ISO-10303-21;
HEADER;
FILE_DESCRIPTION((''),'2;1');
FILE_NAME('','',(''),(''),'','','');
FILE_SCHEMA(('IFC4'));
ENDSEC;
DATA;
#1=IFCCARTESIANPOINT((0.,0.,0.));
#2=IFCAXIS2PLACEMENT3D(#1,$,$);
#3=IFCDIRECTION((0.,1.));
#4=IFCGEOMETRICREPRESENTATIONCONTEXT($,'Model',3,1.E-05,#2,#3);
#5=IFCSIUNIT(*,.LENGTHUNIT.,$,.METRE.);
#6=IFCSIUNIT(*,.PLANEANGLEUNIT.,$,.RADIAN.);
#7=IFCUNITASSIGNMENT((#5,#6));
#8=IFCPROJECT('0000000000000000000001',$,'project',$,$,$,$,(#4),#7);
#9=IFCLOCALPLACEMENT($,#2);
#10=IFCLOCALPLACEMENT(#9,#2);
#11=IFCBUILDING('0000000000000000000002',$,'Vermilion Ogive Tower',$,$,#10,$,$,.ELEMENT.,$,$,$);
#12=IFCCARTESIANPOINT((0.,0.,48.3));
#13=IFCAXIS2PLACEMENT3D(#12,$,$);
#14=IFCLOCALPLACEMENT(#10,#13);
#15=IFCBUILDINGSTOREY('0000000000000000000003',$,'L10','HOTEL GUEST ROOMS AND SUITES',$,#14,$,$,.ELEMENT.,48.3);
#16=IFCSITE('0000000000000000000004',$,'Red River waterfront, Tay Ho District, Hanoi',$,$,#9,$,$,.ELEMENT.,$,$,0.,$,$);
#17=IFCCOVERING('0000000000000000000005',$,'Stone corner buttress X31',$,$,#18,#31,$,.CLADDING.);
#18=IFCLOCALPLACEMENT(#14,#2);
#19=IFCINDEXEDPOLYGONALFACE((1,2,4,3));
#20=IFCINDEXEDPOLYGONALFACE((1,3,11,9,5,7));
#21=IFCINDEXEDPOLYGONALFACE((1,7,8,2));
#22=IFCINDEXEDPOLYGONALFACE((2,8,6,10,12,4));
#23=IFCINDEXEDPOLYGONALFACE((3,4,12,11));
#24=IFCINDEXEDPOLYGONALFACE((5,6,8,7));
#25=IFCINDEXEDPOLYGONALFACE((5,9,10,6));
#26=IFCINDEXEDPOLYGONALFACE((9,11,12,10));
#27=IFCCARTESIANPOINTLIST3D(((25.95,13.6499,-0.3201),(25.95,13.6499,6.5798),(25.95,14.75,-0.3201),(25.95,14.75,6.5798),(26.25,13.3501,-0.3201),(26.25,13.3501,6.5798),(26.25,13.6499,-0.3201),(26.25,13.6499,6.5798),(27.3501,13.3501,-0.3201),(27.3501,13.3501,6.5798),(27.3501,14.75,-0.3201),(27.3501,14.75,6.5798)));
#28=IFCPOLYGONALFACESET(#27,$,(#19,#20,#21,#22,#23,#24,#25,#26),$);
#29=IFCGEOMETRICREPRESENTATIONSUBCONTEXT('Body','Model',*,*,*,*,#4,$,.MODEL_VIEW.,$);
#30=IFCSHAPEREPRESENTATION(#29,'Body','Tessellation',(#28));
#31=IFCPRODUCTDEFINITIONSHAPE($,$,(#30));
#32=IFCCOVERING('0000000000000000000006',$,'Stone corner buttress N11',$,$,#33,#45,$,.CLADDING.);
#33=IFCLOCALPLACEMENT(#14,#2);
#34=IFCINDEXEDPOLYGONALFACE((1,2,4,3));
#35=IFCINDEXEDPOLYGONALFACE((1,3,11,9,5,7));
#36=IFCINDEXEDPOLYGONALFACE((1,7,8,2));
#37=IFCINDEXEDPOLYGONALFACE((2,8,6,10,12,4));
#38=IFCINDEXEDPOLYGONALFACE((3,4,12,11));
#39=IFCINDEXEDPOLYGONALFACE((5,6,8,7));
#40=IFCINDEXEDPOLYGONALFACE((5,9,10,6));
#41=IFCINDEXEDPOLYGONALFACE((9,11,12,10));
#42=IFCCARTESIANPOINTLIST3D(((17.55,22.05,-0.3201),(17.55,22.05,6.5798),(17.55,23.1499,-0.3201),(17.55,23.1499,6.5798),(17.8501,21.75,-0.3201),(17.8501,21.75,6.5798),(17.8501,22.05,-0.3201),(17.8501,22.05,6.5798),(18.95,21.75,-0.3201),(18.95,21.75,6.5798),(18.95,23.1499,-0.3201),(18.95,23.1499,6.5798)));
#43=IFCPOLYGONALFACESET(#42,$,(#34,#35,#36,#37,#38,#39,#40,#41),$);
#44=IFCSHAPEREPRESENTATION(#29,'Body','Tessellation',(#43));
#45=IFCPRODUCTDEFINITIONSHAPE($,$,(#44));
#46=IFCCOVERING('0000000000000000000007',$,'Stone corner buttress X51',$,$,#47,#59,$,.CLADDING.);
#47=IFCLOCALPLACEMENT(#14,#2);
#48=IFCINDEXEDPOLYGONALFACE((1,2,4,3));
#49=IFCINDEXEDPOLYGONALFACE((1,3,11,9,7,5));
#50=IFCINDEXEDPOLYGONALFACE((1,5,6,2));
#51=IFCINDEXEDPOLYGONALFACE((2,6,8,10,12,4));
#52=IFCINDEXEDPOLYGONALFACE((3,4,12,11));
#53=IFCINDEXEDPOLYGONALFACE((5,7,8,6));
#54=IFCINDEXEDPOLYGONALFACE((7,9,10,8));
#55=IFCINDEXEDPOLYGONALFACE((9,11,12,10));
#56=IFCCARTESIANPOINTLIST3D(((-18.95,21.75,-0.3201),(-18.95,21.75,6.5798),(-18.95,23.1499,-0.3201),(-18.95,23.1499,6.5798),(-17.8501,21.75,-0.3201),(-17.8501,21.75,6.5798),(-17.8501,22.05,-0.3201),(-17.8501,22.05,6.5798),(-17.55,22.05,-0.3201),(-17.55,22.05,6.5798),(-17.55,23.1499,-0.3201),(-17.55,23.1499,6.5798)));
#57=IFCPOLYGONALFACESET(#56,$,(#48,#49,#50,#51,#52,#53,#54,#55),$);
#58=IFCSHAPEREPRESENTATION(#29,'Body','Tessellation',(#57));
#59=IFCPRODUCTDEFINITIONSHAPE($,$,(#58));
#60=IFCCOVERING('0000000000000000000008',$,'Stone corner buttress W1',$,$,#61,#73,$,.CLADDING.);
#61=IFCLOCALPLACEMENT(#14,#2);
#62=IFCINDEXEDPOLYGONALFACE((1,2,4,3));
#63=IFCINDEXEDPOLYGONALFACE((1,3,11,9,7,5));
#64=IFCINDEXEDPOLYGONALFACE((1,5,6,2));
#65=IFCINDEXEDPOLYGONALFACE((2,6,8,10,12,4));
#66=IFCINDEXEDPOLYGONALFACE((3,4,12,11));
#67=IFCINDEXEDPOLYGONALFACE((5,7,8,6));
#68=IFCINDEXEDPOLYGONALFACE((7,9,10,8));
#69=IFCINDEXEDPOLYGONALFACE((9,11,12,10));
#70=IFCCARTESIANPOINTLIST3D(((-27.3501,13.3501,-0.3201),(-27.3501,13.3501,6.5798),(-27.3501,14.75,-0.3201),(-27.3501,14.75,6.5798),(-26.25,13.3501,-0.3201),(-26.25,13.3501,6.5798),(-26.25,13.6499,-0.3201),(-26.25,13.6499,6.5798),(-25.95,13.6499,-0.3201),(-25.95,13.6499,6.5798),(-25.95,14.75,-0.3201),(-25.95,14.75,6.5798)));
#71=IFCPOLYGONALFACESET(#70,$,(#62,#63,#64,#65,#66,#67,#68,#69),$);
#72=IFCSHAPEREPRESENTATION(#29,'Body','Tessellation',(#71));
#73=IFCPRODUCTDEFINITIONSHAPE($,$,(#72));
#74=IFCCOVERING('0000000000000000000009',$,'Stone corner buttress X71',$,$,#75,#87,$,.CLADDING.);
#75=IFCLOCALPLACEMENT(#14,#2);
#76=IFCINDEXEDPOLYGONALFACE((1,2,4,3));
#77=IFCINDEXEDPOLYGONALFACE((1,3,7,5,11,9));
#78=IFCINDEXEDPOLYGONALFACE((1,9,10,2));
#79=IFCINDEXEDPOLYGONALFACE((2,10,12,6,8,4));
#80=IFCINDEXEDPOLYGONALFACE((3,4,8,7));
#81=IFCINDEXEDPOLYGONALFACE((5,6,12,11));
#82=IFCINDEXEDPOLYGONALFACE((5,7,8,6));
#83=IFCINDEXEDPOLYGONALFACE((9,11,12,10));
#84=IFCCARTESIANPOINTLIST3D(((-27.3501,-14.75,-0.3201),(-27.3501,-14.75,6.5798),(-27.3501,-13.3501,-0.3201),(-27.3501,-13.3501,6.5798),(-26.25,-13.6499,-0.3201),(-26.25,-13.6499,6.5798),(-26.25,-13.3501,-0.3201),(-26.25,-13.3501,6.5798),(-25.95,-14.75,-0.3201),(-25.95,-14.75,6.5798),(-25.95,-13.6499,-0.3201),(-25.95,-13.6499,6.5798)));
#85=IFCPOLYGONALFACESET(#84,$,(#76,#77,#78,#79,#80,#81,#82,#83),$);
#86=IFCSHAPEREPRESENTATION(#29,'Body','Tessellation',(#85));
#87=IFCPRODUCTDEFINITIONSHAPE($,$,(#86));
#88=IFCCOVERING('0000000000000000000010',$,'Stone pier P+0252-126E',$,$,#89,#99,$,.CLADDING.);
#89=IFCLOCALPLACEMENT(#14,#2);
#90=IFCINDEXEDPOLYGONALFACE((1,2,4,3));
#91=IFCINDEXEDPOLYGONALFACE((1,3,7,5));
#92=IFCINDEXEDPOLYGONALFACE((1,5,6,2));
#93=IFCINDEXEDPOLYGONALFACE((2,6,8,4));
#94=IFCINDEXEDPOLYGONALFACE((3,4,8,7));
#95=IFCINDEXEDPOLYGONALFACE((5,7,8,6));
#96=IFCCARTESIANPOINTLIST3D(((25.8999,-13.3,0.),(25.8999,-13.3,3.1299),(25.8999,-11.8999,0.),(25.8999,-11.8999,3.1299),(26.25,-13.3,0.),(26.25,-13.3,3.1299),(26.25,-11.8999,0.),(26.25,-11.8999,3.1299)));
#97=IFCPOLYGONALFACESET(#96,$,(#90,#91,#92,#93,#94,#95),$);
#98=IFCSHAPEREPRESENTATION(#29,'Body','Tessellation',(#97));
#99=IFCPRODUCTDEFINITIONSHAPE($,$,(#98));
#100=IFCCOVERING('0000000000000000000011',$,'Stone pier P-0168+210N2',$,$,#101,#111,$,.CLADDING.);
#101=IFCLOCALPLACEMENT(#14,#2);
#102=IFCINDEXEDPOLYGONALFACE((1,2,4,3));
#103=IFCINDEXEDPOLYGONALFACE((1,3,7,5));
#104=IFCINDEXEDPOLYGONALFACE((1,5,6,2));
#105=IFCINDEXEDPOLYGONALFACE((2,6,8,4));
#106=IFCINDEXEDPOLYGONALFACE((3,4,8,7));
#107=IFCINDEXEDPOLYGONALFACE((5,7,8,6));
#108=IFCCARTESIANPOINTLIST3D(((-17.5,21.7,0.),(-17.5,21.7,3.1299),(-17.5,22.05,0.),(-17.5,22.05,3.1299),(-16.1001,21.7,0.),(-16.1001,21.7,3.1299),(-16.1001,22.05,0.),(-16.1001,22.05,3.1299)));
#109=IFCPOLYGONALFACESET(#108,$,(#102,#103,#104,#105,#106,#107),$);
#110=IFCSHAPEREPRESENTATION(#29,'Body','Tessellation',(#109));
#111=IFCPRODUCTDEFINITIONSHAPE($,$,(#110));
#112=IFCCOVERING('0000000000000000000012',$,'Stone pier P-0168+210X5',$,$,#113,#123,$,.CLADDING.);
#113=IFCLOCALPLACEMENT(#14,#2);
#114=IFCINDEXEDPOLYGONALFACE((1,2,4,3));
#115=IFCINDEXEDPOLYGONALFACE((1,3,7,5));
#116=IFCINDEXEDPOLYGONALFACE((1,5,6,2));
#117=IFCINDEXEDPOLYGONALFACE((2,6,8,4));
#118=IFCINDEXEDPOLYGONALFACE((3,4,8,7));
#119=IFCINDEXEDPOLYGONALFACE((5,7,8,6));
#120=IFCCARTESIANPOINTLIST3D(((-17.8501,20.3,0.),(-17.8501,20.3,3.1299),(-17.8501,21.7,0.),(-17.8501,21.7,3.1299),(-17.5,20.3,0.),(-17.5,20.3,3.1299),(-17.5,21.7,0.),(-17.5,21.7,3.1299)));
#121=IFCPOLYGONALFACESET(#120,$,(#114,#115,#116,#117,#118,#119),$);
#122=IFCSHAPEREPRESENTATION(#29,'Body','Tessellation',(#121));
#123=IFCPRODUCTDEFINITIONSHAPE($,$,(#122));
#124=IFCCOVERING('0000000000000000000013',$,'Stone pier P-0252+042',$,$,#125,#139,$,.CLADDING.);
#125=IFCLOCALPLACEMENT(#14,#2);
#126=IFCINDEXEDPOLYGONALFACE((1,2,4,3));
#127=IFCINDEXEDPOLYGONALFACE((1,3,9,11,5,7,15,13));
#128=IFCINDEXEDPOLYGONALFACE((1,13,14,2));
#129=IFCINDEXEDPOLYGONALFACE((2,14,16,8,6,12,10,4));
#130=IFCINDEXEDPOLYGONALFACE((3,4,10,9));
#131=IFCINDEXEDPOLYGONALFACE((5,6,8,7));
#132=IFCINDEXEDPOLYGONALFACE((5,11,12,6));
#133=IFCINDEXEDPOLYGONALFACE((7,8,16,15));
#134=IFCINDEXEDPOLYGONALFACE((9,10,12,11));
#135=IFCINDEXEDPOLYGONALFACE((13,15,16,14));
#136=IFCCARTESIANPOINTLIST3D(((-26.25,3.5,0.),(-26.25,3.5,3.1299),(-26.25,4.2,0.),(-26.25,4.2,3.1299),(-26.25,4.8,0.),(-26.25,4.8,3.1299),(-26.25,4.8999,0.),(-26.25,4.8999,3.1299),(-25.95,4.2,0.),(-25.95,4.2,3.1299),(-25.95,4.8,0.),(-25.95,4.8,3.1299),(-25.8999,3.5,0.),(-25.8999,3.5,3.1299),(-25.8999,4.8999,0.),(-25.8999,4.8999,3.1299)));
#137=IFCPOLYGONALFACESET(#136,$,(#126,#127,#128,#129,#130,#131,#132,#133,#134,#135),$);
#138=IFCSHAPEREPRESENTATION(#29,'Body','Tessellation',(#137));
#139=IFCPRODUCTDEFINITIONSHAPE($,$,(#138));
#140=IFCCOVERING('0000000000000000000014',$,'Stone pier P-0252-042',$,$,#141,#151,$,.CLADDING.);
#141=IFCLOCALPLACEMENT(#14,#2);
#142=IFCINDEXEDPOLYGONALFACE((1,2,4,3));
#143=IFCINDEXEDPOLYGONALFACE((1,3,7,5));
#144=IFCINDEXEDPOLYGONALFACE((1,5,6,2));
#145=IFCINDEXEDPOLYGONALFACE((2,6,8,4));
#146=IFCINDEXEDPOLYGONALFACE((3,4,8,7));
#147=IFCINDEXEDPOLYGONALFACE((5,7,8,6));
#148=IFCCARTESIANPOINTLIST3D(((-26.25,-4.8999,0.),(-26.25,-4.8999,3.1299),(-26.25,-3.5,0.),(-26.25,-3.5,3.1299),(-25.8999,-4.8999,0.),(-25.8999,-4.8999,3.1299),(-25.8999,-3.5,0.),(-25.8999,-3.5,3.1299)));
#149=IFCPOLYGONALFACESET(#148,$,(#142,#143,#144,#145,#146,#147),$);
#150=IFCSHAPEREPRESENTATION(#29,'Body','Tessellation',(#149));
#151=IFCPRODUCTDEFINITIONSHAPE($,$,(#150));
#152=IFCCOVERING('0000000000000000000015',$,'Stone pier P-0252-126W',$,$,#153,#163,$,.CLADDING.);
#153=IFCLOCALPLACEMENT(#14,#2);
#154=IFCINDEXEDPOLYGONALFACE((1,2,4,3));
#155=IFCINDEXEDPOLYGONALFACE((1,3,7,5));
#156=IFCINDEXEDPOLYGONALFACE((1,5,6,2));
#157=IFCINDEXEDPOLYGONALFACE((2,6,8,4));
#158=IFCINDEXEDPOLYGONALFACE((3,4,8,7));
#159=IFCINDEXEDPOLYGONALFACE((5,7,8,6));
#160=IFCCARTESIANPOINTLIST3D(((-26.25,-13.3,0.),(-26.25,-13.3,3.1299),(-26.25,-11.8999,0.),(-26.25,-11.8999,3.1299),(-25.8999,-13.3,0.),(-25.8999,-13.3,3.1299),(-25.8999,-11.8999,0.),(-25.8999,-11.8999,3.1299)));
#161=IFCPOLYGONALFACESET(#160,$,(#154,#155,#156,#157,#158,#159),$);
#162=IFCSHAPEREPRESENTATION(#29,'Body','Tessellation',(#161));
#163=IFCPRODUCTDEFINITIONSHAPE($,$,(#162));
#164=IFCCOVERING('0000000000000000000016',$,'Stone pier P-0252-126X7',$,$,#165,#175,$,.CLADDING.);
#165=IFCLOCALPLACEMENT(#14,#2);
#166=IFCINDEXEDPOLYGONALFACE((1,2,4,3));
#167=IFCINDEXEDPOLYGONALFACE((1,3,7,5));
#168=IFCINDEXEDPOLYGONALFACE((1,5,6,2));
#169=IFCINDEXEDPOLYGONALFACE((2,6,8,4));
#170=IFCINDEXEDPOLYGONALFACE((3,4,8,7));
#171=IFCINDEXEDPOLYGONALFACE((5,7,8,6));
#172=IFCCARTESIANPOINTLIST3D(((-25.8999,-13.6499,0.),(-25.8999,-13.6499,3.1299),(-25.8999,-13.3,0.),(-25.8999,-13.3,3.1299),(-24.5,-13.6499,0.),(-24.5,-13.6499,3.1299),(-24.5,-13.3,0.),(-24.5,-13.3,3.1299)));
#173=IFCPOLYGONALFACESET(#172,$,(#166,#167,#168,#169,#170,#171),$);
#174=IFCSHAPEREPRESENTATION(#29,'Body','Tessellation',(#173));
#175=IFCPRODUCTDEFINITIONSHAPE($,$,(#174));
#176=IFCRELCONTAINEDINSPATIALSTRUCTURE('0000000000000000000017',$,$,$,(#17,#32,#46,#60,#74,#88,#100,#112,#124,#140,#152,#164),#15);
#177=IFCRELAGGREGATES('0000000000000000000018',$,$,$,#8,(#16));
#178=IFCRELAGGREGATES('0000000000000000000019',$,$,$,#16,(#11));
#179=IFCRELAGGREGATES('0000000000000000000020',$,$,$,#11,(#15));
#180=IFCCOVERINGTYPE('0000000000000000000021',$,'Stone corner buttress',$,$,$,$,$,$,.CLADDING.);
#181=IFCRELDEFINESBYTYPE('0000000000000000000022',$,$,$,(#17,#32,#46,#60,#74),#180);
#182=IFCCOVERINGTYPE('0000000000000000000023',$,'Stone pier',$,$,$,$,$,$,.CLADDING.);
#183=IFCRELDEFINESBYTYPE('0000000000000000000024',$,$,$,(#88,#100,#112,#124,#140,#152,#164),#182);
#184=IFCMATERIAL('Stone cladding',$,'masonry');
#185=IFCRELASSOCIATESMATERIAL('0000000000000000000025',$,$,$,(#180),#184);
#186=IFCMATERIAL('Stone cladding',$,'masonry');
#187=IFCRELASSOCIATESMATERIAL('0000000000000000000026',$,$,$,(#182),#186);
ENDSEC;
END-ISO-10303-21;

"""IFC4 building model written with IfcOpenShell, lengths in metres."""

from ifc_helpers import new_model, si_unit, direction, frame, origin, place, context, subcontext, project, spatial, polyline, outline, extrude, material, type_object, element, save


model = new_model("IFC4")

# Units and contexts
model_context = context("Model", 3, precision=1e-05, world=origin(), true_north=direction((0.0, 1.0)))
body_context = subcontext(model_context, "Body", "Model", "MODEL_VIEW")
ifc_project = project(units=[si_unit("LENGTHUNIT", "METRE"), si_unit("PLANEANGLEUNIT", "RADIAN")], contexts=[model_context])

# Site, building, storey
site_placement = place(None, origin())
site = spatial("IfcSite", under=ifc_project, at=site_placement, Name="Red River waterfront, Tay Ho District, Hanoi", CompositionType="ELEMENT", RefElevation=0.0)
building_placement = place(site_placement, origin())
building = spatial("IfcBuilding", under=site, at=building_placement, Name="Vermilion Ogive Tower", CompositionType="ELEMENT")
storey_placement = place(building_placement, frame((0.0, 0.0, 48.3)))
storey = spatial("IfcBuildingStorey", under=building, at=storey_placement, Name="L10", Description="HOTEL GUEST ROOMS AND SUITES", CompositionType="ELEMENT", Elevation=48.3)

# Coverings
ifc_material_1 = material(Name="Stone cladding", Category="masonry")
covering_type_1 = type_object("IfcCoveringType", Name="Stone corner buttress", PredefinedType="CLADDING", material=ifc_material_1)
covering_1_placement = place(storey_placement, frame((0.0, 0.0, -0.3201)))
element("IfcCovering", 1, at=covering_1_placement, inside=storey, type_object=covering_type_1, Name="Stone corner buttress X31", PredefinedType="CLADDING", context=body_context, shape_type="SweptSolid", body=[
    extrude(outline(polyline([(26.25, 13.3501), (26.25, 13.6499), (25.95, 13.6499), (25.95, 14.75), (27.3501, 14.75), (27.3501, 13.3501), (26.25, 13.3501)])), origin(), (0.0, 0.0, 1.0), 6.8999),
])
covering_2_placement = place(storey_placement, frame((0.0, 0.0, -0.3201)))
element("IfcCovering", 2, at=covering_2_placement, inside=storey, type_object=covering_type_1, Name="Stone corner buttress N11", PredefinedType="CLADDING", context=body_context, shape_type="SweptSolid", body=[
    extrude(outline(polyline([(17.8501, 22.05), (17.55, 22.05), (17.55, 23.1499), (18.95, 23.1499), (18.95, 21.75), (17.8501, 21.75), (17.8501, 22.05)])), origin(), (0.0, 0.0, 1.0), 6.8999),
])
covering_3_placement = place(storey_placement, frame((0.0, 0.0, -0.3201)))
element("IfcCovering", 3, at=covering_3_placement, inside=storey, type_object=covering_type_1, Name="Stone corner buttress X51", PredefinedType="CLADDING", context=body_context, shape_type="SweptSolid", body=[
    extrude(outline(polyline([(-17.55, 23.1499), (-17.55, 22.05), (-17.8501, 22.05), (-17.8501, 21.75), (-18.95, 21.75), (-18.95, 23.1499), (-17.55, 23.1499)])), origin(), (0.0, 0.0, 1.0), 6.8999),
])
covering_4_placement = place(storey_placement, frame((0.0, 0.0, -0.3201)))
element("IfcCovering", 4, at=covering_4_placement, inside=storey, type_object=covering_type_1, Name="Stone corner buttress W1", PredefinedType="CLADDING", context=body_context, shape_type="SweptSolid", body=[
    extrude(outline(polyline([(-25.95, 13.6499), (-26.25, 13.6499), (-26.25, 13.3501), (-27.3501, 13.3501), (-27.3501, 14.75), (-25.95, 14.75), (-25.95, 13.6499)])), origin(), (0.0, 0.0, 1.0), 6.8999),
])
covering_5_placement = place(storey_placement, frame((0.0, 0.0, -0.3201)))
element("IfcCovering", 5, at=covering_5_placement, inside=storey, type_object=covering_type_1, Name="Stone corner buttress X71", PredefinedType="CLADDING", context=body_context, shape_type="SweptSolid", body=[
    extrude(outline(polyline([(-27.3501, -13.3501), (-26.25, -13.3501), (-26.25, -13.6499), (-25.95, -13.6499), (-25.95, -14.75), (-27.3501, -14.75), (-27.3501, -13.3501)])), origin(), (0.0, 0.0, 1.0), 6.8999),
])
ifc_material_2 = material(Name="Stone cladding", Category="masonry")
covering_type_2 = type_object("IfcCoveringType", Name="Stone pier", PredefinedType="CLADDING", material=ifc_material_2)
covering_6_placement = place(storey_placement, origin())
element("IfcCovering", 6, at=covering_6_placement, inside=storey, type_object=covering_type_2, Name="Stone pier P+0252-126E", PredefinedType="CLADDING", context=body_context, shape_type="SweptSolid", body=[
    extrude(outline(polyline([(26.25, -13.3), (25.8999, -13.3), (25.8999, -11.8999), (26.25, -11.8999), (26.25, -13.3)])), origin(), (0.0, 0.0, 1.0), 3.1299),
])
covering_7_placement = place(storey_placement, origin())
element("IfcCovering", 7, at=covering_7_placement, inside=storey, type_object=covering_type_2, Name="Stone pier P-0168+210N2", PredefinedType="CLADDING", context=body_context, shape_type="SweptSolid", body=[
    extrude(outline(polyline([(-17.5, 21.7), (-17.5, 22.05), (-16.1001, 22.05), (-16.1001, 21.7), (-17.5, 21.7), (-17.5, 21.7)])), origin(), (0.0, 0.0, 1.0), 3.1299),
])
covering_8_placement = place(storey_placement, origin())
element("IfcCovering", 8, at=covering_8_placement, inside=storey, type_object=covering_type_2, Name="Stone pier P-0168+210X5", PredefinedType="CLADDING", context=body_context, shape_type="SweptSolid", body=[
    extrude(outline(polyline([(-17.8501, 21.7), (-17.5, 21.7), (-17.5, 21.7), (-17.5, 20.3), (-17.8501, 20.3), (-17.8501, 21.7)])), origin(), (0.0, 0.0, 1.0), 3.1299),
])
covering_9_placement = place(storey_placement, origin())
element("IfcCovering", 9, at=covering_9_placement, inside=storey, type_object=covering_type_2, Name="Stone pier P-0252+042", PredefinedType="CLADDING", context=body_context, shape_type="SweptSolid", body=[
    extrude(outline(polyline([(-26.25, 3.5), (-26.25, 4.2), (-25.95, 4.2), (-25.95, 4.8), (-26.25, 4.8), (-26.25, 4.8999), (-25.8999, 4.8999), (-25.8999, 3.5), (-26.25, 3.5)])), origin(), (0.0, 0.0, 1.0), 3.1299),
])
covering_10_placement = place(storey_placement, origin())
element("IfcCovering", 10, at=covering_10_placement, inside=storey, type_object=covering_type_2, Name="Stone pier P-0252-042", PredefinedType="CLADDING", context=body_context, shape_type="SweptSolid", body=[
    extrude(outline(polyline([(-26.25, -4.8999), (-26.25, -3.5), (-25.8999, -3.5), (-25.8999, -4.8999), (-26.25, -4.8999)])), origin(), (0.0, 0.0, 1.0), 3.1299),
])
covering_11_placement = place(storey_placement, origin())
element("IfcCovering", 11, at=covering_11_placement, inside=storey, type_object=covering_type_2, Name="Stone pier P-0252-126W", PredefinedType="CLADDING", context=body_context, shape_type="SweptSolid", body=[
    extrude(outline(polyline([(-26.25, -13.3), (-26.25, -11.8999), (-25.8999, -11.8999), (-25.8999, -13.3), (-26.25, -13.3)])), origin(), (0.0, 0.0, 1.0), 3.1299),
])
covering_12_placement = place(storey_placement, origin())
element("IfcCovering", 12, at=covering_12_placement, inside=storey, type_object=covering_type_2, Name="Stone pier P-0252-126X7", PredefinedType="CLADDING", context=body_context, shape_type="SweptSolid", body=[
    extrude(outline(polyline([(-25.8999, -13.6499), (-25.8999, -13.3), (-24.5, -13.3), (-24.5, -13.6499), (-25.8999, -13.6499)])), origin(), (0.0, 0.0, 1.0), 3.1299),
])

save(model, "model.ifc")
